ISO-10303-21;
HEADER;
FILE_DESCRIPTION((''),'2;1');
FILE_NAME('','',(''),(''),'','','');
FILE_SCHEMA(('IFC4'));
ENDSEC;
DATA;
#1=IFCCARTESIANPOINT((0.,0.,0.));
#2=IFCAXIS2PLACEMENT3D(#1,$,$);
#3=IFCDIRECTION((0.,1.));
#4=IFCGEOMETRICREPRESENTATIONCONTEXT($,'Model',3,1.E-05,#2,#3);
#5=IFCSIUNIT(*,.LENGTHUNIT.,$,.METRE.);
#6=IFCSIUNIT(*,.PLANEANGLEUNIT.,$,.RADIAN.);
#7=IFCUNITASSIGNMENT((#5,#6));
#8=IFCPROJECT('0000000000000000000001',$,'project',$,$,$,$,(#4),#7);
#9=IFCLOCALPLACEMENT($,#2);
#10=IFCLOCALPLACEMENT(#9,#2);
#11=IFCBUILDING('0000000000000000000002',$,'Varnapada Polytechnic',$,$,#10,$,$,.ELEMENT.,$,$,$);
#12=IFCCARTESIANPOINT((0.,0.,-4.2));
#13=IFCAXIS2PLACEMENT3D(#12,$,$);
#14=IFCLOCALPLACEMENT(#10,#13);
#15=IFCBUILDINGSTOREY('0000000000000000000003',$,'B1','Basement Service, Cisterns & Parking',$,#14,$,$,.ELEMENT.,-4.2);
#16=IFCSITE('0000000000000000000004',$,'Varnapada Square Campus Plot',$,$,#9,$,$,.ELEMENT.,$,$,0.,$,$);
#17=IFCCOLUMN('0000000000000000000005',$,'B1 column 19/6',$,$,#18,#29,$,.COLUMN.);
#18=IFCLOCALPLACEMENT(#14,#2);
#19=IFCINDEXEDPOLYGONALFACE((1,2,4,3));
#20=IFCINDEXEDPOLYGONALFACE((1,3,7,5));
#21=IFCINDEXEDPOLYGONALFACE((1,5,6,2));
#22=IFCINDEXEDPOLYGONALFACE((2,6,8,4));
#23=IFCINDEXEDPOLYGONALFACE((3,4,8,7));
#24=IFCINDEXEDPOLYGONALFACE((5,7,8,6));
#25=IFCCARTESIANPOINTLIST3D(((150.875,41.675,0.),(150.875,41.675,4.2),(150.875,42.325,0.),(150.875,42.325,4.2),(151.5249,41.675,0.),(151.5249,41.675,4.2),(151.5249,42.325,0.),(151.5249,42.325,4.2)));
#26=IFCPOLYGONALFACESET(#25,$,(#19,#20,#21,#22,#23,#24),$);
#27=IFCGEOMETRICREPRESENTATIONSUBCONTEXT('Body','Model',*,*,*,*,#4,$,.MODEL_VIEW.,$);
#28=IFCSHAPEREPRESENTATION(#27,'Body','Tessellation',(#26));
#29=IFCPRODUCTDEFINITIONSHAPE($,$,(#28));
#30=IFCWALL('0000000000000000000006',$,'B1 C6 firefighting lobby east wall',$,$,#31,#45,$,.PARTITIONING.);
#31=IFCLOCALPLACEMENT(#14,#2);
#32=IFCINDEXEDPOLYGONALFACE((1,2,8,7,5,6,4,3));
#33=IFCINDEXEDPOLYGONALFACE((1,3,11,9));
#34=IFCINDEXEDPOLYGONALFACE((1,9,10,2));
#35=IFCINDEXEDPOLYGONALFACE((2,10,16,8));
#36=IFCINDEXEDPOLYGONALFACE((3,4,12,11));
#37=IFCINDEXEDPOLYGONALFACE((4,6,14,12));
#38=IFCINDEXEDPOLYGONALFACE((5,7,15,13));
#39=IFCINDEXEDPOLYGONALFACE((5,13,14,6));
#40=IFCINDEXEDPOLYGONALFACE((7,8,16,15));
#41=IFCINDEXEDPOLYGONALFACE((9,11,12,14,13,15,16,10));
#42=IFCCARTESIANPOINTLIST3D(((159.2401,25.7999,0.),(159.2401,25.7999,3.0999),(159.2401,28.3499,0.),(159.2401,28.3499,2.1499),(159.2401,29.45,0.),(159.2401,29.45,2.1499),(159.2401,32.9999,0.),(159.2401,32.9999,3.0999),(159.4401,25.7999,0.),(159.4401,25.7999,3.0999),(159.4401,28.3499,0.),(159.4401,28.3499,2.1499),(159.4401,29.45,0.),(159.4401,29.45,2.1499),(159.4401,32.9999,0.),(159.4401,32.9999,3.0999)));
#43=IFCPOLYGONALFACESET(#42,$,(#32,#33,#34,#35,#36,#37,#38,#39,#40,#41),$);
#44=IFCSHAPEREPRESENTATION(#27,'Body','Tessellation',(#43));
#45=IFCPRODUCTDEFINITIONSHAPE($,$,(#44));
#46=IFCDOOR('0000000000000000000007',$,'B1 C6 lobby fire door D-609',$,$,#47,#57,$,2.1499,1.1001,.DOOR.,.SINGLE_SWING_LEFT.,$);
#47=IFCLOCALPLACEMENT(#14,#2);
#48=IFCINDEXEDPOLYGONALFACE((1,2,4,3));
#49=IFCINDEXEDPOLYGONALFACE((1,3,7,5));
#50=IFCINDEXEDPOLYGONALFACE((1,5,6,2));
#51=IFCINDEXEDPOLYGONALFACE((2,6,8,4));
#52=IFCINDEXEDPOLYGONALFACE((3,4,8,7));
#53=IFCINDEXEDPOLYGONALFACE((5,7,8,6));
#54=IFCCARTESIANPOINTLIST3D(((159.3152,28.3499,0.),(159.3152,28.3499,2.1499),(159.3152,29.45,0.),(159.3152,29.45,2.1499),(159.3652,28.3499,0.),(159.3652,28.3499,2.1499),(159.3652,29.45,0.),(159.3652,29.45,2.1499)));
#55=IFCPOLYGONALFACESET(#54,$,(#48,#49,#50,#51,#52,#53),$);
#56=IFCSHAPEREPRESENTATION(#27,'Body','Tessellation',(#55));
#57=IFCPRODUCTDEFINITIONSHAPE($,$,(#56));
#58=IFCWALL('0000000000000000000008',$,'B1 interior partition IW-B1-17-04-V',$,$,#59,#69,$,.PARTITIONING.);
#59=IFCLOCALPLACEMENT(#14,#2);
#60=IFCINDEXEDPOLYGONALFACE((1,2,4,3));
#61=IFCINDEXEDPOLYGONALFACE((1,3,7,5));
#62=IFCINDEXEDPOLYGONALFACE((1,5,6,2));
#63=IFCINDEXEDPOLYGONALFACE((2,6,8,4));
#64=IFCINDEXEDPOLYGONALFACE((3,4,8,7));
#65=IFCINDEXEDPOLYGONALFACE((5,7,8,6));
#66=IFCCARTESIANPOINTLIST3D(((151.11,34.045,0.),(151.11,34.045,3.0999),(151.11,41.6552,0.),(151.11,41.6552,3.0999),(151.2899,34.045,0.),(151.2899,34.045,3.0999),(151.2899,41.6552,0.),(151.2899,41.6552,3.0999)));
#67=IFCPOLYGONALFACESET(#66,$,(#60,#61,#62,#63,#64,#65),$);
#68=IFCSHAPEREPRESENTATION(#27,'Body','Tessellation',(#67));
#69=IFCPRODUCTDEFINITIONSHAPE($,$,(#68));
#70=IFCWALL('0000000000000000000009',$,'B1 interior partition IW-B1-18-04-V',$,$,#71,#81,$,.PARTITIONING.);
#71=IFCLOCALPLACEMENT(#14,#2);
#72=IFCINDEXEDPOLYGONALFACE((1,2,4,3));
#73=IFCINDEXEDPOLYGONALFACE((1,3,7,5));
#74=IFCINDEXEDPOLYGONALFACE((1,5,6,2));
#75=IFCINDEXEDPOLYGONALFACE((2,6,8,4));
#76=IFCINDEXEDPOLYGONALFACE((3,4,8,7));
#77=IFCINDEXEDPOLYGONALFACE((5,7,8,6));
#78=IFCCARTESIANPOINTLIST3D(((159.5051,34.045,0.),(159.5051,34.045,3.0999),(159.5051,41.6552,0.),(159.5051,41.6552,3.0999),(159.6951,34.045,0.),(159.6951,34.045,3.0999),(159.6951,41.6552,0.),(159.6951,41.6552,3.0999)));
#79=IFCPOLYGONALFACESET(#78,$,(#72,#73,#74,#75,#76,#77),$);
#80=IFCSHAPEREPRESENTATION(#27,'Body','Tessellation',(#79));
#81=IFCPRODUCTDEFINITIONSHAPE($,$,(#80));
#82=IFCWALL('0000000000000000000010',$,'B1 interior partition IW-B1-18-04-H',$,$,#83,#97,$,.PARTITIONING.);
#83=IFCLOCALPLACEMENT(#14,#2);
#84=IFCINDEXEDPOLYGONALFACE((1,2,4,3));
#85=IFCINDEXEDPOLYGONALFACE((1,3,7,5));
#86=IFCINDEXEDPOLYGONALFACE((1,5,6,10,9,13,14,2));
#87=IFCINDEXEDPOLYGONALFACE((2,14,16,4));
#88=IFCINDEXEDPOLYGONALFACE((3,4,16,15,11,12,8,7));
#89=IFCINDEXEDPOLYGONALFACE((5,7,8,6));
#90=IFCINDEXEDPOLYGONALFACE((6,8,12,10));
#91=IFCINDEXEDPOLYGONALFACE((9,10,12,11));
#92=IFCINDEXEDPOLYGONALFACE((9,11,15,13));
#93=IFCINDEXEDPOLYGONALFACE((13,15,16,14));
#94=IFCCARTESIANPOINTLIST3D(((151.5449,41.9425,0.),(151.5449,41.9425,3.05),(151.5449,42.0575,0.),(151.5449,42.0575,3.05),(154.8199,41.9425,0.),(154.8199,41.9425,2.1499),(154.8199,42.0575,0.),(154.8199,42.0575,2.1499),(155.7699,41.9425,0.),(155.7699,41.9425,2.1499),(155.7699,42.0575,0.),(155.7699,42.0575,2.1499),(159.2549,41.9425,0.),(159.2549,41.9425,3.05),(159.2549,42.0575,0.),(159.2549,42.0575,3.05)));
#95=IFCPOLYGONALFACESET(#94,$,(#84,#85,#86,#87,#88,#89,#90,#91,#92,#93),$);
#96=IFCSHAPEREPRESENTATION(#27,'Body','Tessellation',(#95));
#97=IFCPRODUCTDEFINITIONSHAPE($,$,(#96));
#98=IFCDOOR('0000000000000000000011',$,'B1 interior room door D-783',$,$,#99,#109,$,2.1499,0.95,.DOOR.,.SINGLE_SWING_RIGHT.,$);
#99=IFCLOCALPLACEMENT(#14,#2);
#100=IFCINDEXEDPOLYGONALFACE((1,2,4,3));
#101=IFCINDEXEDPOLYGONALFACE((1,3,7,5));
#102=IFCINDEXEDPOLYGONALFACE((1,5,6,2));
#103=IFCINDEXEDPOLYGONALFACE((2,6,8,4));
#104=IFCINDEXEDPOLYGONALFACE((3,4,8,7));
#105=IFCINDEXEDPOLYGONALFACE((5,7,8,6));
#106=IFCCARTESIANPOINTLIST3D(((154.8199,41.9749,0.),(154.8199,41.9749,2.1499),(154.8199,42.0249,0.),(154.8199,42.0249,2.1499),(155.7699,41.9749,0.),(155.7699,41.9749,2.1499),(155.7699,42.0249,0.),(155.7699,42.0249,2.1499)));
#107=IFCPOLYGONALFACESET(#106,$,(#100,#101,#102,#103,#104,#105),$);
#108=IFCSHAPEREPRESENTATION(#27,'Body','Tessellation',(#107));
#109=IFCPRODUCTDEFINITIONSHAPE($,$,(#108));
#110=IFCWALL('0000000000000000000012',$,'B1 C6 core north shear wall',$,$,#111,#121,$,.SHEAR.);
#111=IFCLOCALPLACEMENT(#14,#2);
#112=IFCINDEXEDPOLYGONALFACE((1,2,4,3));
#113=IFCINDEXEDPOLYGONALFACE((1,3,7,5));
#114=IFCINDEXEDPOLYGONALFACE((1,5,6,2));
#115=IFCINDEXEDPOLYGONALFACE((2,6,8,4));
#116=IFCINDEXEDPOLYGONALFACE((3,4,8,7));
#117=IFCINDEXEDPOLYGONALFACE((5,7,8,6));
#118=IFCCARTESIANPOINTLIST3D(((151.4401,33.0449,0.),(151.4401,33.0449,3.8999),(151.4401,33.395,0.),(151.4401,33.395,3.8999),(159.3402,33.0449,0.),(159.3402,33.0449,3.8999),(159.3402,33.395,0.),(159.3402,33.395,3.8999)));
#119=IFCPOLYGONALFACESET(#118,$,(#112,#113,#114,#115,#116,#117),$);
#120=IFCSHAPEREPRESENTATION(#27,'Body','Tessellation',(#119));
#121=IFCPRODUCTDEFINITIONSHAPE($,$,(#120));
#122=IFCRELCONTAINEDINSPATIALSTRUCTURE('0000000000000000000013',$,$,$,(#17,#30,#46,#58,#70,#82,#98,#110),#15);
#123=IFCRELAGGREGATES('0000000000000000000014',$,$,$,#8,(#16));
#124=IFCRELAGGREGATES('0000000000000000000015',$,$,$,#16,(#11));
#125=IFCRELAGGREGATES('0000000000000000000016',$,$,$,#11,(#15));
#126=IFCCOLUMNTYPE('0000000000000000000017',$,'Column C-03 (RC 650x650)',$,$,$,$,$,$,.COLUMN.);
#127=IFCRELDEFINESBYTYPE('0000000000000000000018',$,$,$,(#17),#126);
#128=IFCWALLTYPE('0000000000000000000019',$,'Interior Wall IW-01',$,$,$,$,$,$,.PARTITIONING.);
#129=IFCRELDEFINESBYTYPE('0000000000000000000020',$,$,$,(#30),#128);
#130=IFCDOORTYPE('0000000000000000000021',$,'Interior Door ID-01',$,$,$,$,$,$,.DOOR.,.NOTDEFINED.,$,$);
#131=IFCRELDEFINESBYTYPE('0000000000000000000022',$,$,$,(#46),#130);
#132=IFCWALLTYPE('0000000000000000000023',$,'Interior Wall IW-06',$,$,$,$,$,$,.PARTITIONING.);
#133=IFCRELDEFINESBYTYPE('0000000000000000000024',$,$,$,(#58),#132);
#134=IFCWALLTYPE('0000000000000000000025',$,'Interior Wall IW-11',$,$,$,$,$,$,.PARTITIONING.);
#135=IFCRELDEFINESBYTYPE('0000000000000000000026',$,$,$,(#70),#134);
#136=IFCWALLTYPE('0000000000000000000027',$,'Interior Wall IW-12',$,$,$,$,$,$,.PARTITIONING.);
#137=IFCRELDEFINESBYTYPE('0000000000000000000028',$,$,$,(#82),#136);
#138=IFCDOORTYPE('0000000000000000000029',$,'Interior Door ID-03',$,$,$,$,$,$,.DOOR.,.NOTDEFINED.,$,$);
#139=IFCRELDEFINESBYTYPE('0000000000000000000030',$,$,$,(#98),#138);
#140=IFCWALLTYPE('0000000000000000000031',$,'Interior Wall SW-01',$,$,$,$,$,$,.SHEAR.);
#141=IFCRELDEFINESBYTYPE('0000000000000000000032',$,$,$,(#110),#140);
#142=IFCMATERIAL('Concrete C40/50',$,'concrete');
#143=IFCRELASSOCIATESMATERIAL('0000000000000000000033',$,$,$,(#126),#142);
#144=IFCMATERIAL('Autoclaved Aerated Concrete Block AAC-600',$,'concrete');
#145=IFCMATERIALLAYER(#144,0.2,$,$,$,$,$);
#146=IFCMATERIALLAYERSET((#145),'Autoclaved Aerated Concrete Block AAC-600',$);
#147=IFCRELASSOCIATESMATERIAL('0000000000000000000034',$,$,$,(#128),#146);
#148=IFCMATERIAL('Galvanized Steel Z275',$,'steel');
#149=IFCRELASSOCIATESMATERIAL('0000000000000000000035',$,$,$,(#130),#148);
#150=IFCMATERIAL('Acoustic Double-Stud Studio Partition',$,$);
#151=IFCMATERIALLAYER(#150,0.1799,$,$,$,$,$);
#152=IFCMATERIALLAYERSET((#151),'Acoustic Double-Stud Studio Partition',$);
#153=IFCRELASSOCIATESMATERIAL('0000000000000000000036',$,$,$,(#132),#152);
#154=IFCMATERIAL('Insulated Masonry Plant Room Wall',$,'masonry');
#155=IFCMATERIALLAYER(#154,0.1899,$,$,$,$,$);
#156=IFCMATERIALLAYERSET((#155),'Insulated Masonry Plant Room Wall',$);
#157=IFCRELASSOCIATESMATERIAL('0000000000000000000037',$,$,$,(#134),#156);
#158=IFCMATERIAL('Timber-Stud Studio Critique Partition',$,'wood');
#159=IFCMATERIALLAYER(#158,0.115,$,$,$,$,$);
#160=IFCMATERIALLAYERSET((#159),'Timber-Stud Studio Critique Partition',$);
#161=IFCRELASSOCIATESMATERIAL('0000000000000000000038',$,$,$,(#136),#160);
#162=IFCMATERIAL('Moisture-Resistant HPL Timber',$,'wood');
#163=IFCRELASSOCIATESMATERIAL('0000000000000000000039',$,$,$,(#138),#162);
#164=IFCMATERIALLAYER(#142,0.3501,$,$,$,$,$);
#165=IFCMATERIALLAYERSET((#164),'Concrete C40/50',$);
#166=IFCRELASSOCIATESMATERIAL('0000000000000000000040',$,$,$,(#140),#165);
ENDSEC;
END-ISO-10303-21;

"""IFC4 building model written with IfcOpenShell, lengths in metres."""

from ifc_helpers import new_model, si_unit, direction, frame, frame_2d, origin, origin_2d, place, context, subcontext, project, spatial, rectangle, extrude, material, layer, layer_set, material_profile, profile_set, type_object, element, fill, save


model = new_model("IFC4")

# Units and contexts
model_context = context("Model", 3, precision=1e-05, world=origin(), true_north=direction((0.0, 1.0)))
body_context = subcontext(model_context, "Body", "Model", "MODEL_VIEW")
ifc_project = project(units=[si_unit("LENGTHUNIT", "METRE"), si_unit("PLANEANGLEUNIT", "RADIAN")], contexts=[model_context])

# Site, building, storey
site_placement = place(None, origin())
site = spatial("IfcSite", under=ifc_project, at=site_placement, Name="Varnapada Square Campus Plot", CompositionType="ELEMENT", RefElevation=0.0)
building_placement = place(site_placement, origin())
building = spatial("IfcBuilding", under=site, at=building_placement, Name="Varnapada Polytechnic", CompositionType="ELEMENT")
storey_placement = place(building_placement, frame((0.0, 0.0, -4.2)))
storey = spatial("IfcBuildingStorey", under=building, at=storey_placement, Name="B1", Description="Basement Service, Cisterns & Parking", CompositionType="ELEMENT", Elevation=-4.2)

# Shared definitions
ifc_material_1 = material(Name="Concrete C40/50", Category="concrete")

# Column
ifc_material_profile_1 = material_profile(ifc_material_1, rectangle(XDim=0.6499, YDim=0.6499, at=origin_2d()), Name="RC 650x650")
ifc_profile_set_1 = profile_set([ifc_material_profile_1], Name="Concrete C40/50")
column_type_1 = type_object("IfcColumnType", Name="Column C-03 (RC 650x650)", PredefinedType="COLUMN", material=ifc_profile_set_1)
column_placement = place(storey_placement, frame((151.2, 42.0, 0.0), z_axis=(0.0, 0.0, 1.0), x_axis=(1.0, 0.0, 0.0)))
element("IfcColumn", 1, at=column_placement, inside=storey, type_object=column_type_1, Name="B1 column 19/6", PredefinedType="COLUMN", context=body_context, shape_type="SweptSolid", body=[
    extrude(rectangle(XDim=0.6499, YDim=0.6499, at=origin_2d()), origin(), (0.0, 0.0, 1.0), 4.2),
])

# Wall, opening, door
ifc_material_2 = material(Name="Autoclaved Aerated Concrete Block AAC-600", Category="concrete")
ifc_layer_1 = layer(ifc_material_2, 0.2)
ifc_layer_set_1 = layer_set([ifc_layer_1], Name="Autoclaved Aerated Concrete Block AAC-600")
wall_type_1 = type_object("IfcWallType", Name="Interior Wall IW-01", PredefinedType="PARTITIONING", material=ifc_layer_set_1)
wall_1_placement = place(storey_placement, frame((159.3401, 33.0, 0.0), z_axis=(0.0, 0.0, 1.0), x_axis=(0.0, -1.0, 0.0)))
wall_1 = element("IfcWall", 2, at=wall_1_placement, inside=storey, type_object=wall_type_1, Name="B1 C6 firefighting lobby east wall", PredefinedType="PARTITIONING", context=body_context, shape_type="SweptSolid", body=[
    extrude(rectangle(XDim=7.2, YDim=0.2, at=frame_2d((3.6001, 0.0))), origin(), (0.0, 0.0, 1.0), 3.0999),
])
opening_1_placement = place(wall_1_placement, frame((3.55, 0.0, 0.0)))
opening_1 = element("IfcOpeningElement", 3, at=opening_1_placement, cuts=wall_1, PredefinedType="OPENING", context=body_context, shape_type="SweptSolid", body=[
    extrude(rectangle(XDim=1.1001, YDim=2.1499, at=frame_2d((0.55, 1.075))), frame((0.0, 0.1099, 0.0), z_axis=(0.0, -1.0, 0.0), x_axis=(1.0, 0.0, 0.0)), (0.0, 0.0, 1.0), 0.22),
])
ifc_material_3 = material(Name="Galvanized Steel Z275", Category="steel")
door_type_1 = type_object("IfcDoorType", Name="Interior Door ID-01", OperationType="NOTDEFINED", PredefinedType="DOOR", material=ifc_material_3)
door_1_placement = place(opening_1_placement, frame((1.1001, 0.0, 0.0), z_axis=(0.0, 0.0, 1.0), x_axis=(-1.0, 0.0, 0.0)))
door_1 = element("IfcDoor", 4, at=door_1_placement, inside=storey, type_object=door_type_1, Name="B1 C6 lobby fire door D-609", OperationType="SINGLE_SWING_LEFT", OverallHeight=2.1499, OverallWidth=1.1001, PredefinedType="DOOR", context=body_context, shape_type="SweptSolid", body=[
    extrude(rectangle(XDim=1.1001, YDim=2.1499, at=frame_2d((0.55, 1.075))), frame((0.0, 0.0249, 0.0), z_axis=(0.0, -1.0, 0.0), x_axis=(1.0, 0.0, 0.0)), (0.0, 0.0, 1.0), 0.05),
])
fill(opening_1, door_1)

# Walls
ifc_material_4 = material(Name="Acoustic Double-Stud Studio Partition")
ifc_layer_2 = layer(ifc_material_4, 0.1799)
ifc_layer_set_2 = layer_set([ifc_layer_2], Name="Acoustic Double-Stud Studio Partition")
wall_type_2 = type_object("IfcWallType", Name="Interior Wall IW-06", PredefinedType="PARTITIONING", material=ifc_layer_set_2)
wall_2_placement = place(storey_placement, frame((151.2, 34.0449, 0.0), z_axis=(0.0, 0.0, 1.0), x_axis=(0.0, 1.0, 0.0)))
element("IfcWall", 5, at=wall_2_placement, inside=storey, type_object=wall_type_2, Name="B1 interior partition IW-B1-17-04-V", PredefinedType="PARTITIONING", context=body_context, shape_type="SweptSolid", body=[
    extrude(rectangle(XDim=7.6101, YDim=0.1799, at=frame_2d((3.8052, 0.0))), origin(), (0.0, 0.0, 1.0), 3.0999),
])
ifc_material_5 = material(Name="Insulated Masonry Plant Room Wall", Category="masonry")
ifc_layer_3 = layer(ifc_material_5, 0.1899)
ifc_layer_set_3 = layer_set([ifc_layer_3], Name="Insulated Masonry Plant Room Wall")
wall_type_3 = type_object("IfcWallType", Name="Interior Wall IW-11", PredefinedType="PARTITIONING", material=ifc_layer_set_3)
wall_3_placement = place(storey_placement, frame((159.6001, 34.0449, 0.0), z_axis=(0.0, 0.0, 1.0), x_axis=(0.0, 1.0, 0.0)))
element("IfcWall", 6, at=wall_3_placement, inside=storey, type_object=wall_type_3, Name="B1 interior partition IW-B1-18-04-V", PredefinedType="PARTITIONING", context=body_context, shape_type="SweptSolid", body=[
    extrude(rectangle(XDim=7.6101, YDim=0.1899, at=frame_2d((3.8052, 0.0))), origin(), (0.0, 0.0, 1.0), 3.0999),
])

# Wall, opening, door
ifc_material_6 = material(Name="Timber-Stud Studio Critique Partition", Category="wood")
ifc_layer_4 = layer(ifc_material_6, 0.115)
ifc_layer_set_4 = layer_set([ifc_layer_4], Name="Timber-Stud Studio Critique Partition")
wall_type_4 = type_object("IfcWallType", Name="Interior Wall IW-12", PredefinedType="PARTITIONING", material=ifc_layer_set_4)
wall_4_placement = place(storey_placement, frame((151.5449, 42.0, 0.0), z_axis=(0.0, 0.0, 1.0), x_axis=(1.0, 0.0, 0.0)))
wall_4 = element("IfcWall", 7, at=wall_4_placement, inside=storey, type_object=wall_type_4, Name="B1 interior partition IW-B1-18-04-H", PredefinedType="PARTITIONING", context=body_context, shape_type="SweptSolid", body=[
    extrude(rectangle(XDim=7.71, YDim=0.115, at=frame_2d((3.855, 0.0))), origin(), (0.0, 0.0, 1.0), 3.05),
])
opening_2_placement = place(wall_4_placement, frame((3.2749, 0.0, 0.0)))
opening_2 = element("IfcOpeningElement", 8, at=opening_2_placement, cuts=wall_4, PredefinedType="OPENING", context=body_context, shape_type="SweptSolid", body=[
    extrude(rectangle(XDim=0.95, YDim=2.1499, at=frame_2d((0.4751, 1.075))), frame((0.0, 0.0674, 0.0), z_axis=(0.0, -1.0, 0.0), x_axis=(1.0, 0.0, 0.0)), (0.0, 0.0, 1.0), 0.135),
])
ifc_material_7 = material(Name="Moisture-Resistant HPL Timber", Category="wood")
door_type_2 = type_object("IfcDoorType", Name="Interior Door ID-03", OperationType="NOTDEFINED", PredefinedType="DOOR", material=ifc_material_7)
door_2_placement = place(opening_2_placement, origin())
door_2 = element("IfcDoor", 9, at=door_2_placement, inside=storey, type_object=door_type_2, Name="B1 interior room door D-783", OperationType="SINGLE_SWING_RIGHT", OverallHeight=2.1499, OverallWidth=0.95, PredefinedType="DOOR", context=body_context, shape_type="SweptSolid", body=[
    extrude(rectangle(XDim=0.95, YDim=2.1499, at=frame_2d((0.4751, 1.075))), frame((0.0, 0.0249, 0.0), z_axis=(0.0, -1.0, 0.0), x_axis=(1.0, 0.0, 0.0)), (0.0, 0.0, 1.0), 0.05),
])
fill(opening_2, door_2)

# Wall
ifc_layer_5 = layer(ifc_material_1, 0.3501)
ifc_layer_set_5 = layer_set([ifc_layer_5], Name="Concrete C40/50")
wall_type_5 = type_object("IfcWallType", Name="Interior Wall SW-01", PredefinedType="SHEAR", material=ifc_layer_set_5)
wall_5_placement = place(storey_placement, frame((151.4399, 33.22, 0.0), z_axis=(0.0, 0.0, 1.0), x_axis=(1.0, 0.0, 0.0)))
element("IfcWall", 10, at=wall_5_placement, inside=storey, type_object=wall_type_5, Name="B1 C6 core north shear wall", PredefinedType="SHEAR", context=body_context, shape_type="SweptSolid", body=[
    extrude(rectangle(XDim=7.9001, YDim=0.3501, at=frame_2d((3.9502, 0.0))), origin(), (0.0, 0.0, 1.0), 3.8999),
])

save(model, "model.ifc")
